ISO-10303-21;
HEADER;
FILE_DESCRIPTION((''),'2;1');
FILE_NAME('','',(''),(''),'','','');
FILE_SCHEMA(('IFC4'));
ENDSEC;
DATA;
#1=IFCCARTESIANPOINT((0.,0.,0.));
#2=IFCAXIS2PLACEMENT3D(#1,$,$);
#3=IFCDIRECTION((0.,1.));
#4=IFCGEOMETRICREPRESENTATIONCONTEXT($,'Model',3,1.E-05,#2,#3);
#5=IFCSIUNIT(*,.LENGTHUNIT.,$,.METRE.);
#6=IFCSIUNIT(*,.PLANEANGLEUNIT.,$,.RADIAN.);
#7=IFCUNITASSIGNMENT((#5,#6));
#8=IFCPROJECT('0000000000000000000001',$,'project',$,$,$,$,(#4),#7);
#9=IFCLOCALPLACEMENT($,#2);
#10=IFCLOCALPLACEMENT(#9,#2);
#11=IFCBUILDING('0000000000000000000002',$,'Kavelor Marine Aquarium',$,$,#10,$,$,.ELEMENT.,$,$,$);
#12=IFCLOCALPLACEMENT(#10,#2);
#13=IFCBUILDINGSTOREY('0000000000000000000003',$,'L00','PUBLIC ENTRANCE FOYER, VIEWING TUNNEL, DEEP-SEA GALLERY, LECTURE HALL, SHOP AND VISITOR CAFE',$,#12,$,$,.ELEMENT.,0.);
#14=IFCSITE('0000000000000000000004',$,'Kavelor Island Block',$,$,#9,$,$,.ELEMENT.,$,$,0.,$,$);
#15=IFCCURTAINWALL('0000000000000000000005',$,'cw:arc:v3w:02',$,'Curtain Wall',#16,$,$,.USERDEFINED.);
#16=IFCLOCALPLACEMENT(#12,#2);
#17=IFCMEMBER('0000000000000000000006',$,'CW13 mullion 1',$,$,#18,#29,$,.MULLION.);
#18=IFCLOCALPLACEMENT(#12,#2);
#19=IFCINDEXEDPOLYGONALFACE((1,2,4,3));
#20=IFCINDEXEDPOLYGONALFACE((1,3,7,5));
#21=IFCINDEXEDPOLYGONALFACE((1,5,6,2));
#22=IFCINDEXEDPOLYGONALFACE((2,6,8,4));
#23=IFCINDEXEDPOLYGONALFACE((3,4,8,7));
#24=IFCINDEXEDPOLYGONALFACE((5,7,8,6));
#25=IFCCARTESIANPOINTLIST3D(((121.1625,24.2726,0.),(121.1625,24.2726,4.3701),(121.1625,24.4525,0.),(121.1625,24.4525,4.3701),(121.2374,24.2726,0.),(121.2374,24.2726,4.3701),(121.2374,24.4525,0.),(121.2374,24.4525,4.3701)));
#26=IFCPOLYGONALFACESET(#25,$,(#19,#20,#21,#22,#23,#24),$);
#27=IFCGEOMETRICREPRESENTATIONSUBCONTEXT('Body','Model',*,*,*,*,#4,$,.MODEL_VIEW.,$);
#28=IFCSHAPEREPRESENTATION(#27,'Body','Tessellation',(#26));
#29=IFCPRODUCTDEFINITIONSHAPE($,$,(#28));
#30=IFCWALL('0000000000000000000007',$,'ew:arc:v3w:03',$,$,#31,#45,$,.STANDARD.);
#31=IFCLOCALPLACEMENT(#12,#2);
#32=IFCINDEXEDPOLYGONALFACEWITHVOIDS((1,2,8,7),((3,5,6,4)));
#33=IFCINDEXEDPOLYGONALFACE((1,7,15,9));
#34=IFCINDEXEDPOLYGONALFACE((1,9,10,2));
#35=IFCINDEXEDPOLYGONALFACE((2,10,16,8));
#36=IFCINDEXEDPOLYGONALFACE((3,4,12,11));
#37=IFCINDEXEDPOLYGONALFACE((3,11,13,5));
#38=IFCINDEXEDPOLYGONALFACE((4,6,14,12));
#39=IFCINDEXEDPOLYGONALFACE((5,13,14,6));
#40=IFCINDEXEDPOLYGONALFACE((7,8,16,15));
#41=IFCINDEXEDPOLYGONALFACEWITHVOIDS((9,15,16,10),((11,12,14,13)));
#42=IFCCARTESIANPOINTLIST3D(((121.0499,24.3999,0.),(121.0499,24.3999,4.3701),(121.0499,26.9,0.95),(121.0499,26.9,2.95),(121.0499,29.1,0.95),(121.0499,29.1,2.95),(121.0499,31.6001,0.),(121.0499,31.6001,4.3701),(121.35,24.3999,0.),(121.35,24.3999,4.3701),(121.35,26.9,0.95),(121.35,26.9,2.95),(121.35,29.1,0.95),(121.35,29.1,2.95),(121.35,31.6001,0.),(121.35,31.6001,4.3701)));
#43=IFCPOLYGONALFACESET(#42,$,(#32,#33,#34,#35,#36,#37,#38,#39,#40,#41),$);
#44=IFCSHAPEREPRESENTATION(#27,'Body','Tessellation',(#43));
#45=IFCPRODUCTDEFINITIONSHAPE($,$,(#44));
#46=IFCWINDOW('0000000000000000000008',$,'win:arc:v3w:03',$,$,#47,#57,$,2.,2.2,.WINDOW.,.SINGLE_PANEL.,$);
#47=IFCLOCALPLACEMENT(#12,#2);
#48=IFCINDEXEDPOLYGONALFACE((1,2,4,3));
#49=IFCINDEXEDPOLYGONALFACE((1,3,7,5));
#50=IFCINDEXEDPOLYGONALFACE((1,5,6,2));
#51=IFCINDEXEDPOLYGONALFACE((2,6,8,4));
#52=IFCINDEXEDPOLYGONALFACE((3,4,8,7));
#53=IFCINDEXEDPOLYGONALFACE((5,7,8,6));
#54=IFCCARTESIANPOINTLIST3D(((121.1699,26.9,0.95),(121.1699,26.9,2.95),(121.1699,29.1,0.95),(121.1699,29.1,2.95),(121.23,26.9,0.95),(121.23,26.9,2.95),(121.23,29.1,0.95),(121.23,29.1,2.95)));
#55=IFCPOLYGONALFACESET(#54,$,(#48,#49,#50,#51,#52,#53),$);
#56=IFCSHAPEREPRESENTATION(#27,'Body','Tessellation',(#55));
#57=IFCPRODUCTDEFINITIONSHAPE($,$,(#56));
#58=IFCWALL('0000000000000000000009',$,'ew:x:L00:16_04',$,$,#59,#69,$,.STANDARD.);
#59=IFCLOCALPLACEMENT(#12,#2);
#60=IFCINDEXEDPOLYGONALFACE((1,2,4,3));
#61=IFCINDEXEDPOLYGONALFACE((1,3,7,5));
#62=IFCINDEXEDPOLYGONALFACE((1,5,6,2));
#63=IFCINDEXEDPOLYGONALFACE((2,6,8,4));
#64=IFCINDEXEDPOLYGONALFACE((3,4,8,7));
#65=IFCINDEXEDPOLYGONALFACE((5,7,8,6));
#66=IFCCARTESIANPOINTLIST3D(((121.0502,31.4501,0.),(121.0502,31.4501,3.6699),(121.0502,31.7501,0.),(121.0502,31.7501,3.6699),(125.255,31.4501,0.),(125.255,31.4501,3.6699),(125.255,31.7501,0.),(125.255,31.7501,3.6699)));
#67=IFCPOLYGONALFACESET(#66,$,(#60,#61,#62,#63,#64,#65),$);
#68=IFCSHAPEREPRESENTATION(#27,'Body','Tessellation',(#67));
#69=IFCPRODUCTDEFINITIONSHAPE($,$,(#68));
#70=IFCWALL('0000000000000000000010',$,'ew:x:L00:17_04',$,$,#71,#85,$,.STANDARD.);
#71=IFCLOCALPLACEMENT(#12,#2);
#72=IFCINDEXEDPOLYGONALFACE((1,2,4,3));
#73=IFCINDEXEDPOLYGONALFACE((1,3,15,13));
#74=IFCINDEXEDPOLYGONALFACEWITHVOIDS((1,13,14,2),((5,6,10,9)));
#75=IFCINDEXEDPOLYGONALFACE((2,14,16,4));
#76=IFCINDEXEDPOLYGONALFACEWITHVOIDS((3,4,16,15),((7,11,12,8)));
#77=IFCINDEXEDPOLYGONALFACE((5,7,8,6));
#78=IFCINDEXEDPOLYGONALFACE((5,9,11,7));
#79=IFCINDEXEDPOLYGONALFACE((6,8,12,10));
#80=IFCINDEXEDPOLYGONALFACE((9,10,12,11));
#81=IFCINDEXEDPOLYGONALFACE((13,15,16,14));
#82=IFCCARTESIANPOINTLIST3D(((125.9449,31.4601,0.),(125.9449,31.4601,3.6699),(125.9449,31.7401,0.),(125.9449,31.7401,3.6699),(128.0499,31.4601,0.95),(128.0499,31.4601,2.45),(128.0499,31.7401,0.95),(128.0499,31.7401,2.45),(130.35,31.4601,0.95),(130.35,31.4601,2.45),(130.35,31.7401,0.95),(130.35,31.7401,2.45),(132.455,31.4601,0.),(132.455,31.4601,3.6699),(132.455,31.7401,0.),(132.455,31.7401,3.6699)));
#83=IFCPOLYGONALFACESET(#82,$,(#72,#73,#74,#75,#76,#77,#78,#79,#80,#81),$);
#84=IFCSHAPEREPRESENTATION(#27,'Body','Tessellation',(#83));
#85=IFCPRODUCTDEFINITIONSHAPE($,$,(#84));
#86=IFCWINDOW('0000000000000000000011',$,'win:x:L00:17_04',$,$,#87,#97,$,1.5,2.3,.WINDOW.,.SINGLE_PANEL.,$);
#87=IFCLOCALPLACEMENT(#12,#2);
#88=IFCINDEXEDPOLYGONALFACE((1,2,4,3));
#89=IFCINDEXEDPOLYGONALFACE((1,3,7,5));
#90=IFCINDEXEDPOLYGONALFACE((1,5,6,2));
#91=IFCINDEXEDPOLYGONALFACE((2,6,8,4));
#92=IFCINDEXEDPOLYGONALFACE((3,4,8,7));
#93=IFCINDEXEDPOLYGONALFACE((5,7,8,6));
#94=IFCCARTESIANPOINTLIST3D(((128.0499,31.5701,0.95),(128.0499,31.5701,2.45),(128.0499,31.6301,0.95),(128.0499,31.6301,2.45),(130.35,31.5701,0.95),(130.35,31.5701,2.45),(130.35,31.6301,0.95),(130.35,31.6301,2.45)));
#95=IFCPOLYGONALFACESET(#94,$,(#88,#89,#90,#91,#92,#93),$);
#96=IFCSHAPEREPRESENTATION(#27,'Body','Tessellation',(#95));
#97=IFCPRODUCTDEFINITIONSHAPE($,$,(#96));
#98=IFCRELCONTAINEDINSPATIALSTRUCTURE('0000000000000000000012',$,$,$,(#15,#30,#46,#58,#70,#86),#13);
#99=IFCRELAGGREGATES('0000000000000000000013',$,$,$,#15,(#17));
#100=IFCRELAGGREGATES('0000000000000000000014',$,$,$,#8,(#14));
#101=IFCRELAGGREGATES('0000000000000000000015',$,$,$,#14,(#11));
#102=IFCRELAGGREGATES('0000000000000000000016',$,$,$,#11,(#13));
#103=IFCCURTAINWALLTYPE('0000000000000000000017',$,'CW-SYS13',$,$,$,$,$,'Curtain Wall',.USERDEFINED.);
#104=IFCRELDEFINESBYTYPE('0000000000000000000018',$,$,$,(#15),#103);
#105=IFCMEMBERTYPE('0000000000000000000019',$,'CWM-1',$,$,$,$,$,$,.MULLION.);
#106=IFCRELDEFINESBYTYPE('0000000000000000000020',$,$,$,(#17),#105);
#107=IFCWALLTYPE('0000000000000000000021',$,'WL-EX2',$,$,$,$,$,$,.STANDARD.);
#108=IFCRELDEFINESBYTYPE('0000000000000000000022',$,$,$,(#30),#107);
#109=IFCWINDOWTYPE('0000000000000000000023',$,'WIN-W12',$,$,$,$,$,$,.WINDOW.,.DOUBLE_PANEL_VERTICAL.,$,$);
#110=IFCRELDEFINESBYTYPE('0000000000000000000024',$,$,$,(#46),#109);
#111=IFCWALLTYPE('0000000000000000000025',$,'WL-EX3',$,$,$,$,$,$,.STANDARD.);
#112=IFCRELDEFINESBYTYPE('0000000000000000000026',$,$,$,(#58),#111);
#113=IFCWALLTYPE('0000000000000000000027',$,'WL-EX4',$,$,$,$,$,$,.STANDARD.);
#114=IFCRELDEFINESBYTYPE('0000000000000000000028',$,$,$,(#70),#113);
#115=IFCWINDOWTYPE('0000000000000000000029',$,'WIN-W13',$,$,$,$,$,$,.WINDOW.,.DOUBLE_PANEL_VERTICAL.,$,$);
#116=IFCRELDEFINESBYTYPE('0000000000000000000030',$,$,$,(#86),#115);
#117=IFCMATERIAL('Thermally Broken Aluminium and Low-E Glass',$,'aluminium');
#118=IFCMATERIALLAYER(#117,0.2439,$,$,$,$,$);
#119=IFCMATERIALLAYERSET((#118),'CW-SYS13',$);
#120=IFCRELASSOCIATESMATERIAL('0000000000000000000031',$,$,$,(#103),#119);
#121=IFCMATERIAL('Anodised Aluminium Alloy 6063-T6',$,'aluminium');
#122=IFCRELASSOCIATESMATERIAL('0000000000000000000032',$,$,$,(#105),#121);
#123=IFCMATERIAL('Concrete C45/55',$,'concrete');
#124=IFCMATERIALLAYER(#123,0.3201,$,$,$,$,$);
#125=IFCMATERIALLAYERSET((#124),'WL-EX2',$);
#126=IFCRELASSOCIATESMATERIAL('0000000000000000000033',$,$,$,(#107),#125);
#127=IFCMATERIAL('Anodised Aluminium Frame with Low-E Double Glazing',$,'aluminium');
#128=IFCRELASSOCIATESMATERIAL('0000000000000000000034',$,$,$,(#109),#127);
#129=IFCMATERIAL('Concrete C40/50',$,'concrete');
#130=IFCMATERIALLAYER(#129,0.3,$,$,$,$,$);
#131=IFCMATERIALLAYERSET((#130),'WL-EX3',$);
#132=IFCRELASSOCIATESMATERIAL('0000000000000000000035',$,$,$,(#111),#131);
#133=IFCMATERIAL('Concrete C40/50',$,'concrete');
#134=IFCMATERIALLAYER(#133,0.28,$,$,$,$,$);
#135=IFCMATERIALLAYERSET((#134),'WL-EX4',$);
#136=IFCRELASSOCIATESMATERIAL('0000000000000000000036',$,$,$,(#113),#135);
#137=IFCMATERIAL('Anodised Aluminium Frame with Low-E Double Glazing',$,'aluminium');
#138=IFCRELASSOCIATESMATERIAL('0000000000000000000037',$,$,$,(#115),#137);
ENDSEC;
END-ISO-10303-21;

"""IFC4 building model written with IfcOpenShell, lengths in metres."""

from ifc_helpers import new_model, si_unit, direction, frame, frame_2d, origin, origin_2d, place, context, subcontext, project, spatial, rectangle, extrude, material, layer, layer_set, material_profile, profile_set, type_object, element, fill, aggregate, save


model = new_model("IFC4")

# Units and contexts
model_context = context("Model", 3, precision=1e-05, world=origin(), true_north=direction((0.0, 1.0)))
body_context = subcontext(model_context, "Body", "Model", "MODEL_VIEW")
ifc_project = project(units=[si_unit("LENGTHUNIT", "METRE"), si_unit("PLANEANGLEUNIT", "RADIAN")], contexts=[model_context])

# Site, building, storey
site_placement = place(None, origin())
site = spatial("IfcSite", under=ifc_project, at=site_placement, Name="Kavelor Island Block", CompositionType="ELEMENT", RefElevation=0.0)
building_placement = place(site_placement, origin())
building = spatial("IfcBuilding", under=site, at=building_placement, Name="Kavelor Marine Aquarium", CompositionType="ELEMENT")
storey_placement = place(building_placement, origin())
storey = spatial("IfcBuildingStorey", under=building, at=storey_placement, Name="L00", Description="PUBLIC ENTRANCE FOYER, VIEWING TUNNEL, DEEP-SEA GALLERY, LECTURE HALL, SHOP AND VISITOR CAFE", CompositionType="ELEMENT", Elevation=0.0)

# Curtain wall, member
ifc_material_1 = material(Name="Thermally Broken Aluminium and Low-E Glass", Category="aluminium")
ifc_layer_1 = layer(ifc_material_1, 0.2439)
ifc_layer_set_1 = layer_set([ifc_layer_1], Name="CW-SYS13")
curtain_wall_type = type_object("IfcCurtainWallType", Name="CW-SYS13", ElementType="Curtain Wall", PredefinedType="USERDEFINED", material=ifc_layer_set_1)
curtain_wall_placement = place(storey_placement, origin())
curtain_wall = element("IfcCurtainWall", 1, at=curtain_wall_placement, inside=storey, type_object=curtain_wall_type, Name="cw:arc:v3w:02", ObjectType="Curtain Wall", PredefinedType="USERDEFINED")
ifc_material_2 = material(Name="Anodised Aluminium Alloy 6063-T6", Category="aluminium")
ifc_material_profile_1 = material_profile(ifc_material_2, rectangle(XDim=0.075, YDim=0.1799, at=origin_2d()), Name="CW-MUL 75x180")
ifc_profile_set_1 = profile_set([ifc_material_profile_1], Name="Anodised Aluminium Alloy 6063-T6")
member_type = type_object("IfcMemberType", Name="CWM-1", PredefinedType="MULLION", material=ifc_profile_set_1)
member_placement = place(storey_placement, frame((121.2, 24.3625, 0.0), z_axis=(0.0, 0.0, 1.0), x_axis=(1.0, 0.0, 0.0)))
member = element("IfcMember", 2, at=member_placement, type_object=member_type, Name="CW13 mullion 1", PredefinedType="MULLION", context=body_context, shape_type="SweptSolid", body=[
    extrude(rectangle(XDim=0.075, YDim=0.1799, at=origin_2d()), origin(), (0.0, 0.0, 1.0), 4.3701),
])
aggregate(curtain_wall, [member])

# Wall, opening, window
ifc_material_3 = material(Name="Concrete C45/55", Category="concrete")
ifc_layer_2 = layer(ifc_material_3, 0.3201)
ifc_layer_set_2 = layer_set([ifc_layer_2], Name="WL-EX2")
wall_type_1 = type_object("IfcWallType", Name="WL-EX2", PredefinedType="STANDARD", material=ifc_layer_set_2)
wall_1_placement = place(storey_placement, frame((121.2, 31.6001, 0.0), z_axis=(0.0, 0.0, 1.0), x_axis=(0.0, -1.0, 0.0)))
wall_1 = element("IfcWall", 3, at=wall_1_placement, inside=storey, type_object=wall_type_1, Name="ew:arc:v3w:03", PredefinedType="STANDARD", context=body_context, shape_type="SweptSolid", body=[
    extrude(rectangle(XDim=7.2002, YDim=0.3, at=frame_2d((3.6001, 0.0))), origin(), (0.0, 0.0, 1.0), 4.3701),
])
opening_1_placement = place(wall_1_placement, frame((2.5, 0.0, 0.95)))
opening_1 = element("IfcOpeningElement", 4, at=opening_1_placement, cuts=wall_1, PredefinedType="OPENING", context=body_context, shape_type="SweptSolid", body=[
    extrude(rectangle(XDim=2.2, YDim=2.0, at=frame_2d((1.1001, 1.0))), frame((0.0, 0.1599, 0.0), z_axis=(0.0, -1.0, 0.0), x_axis=(1.0, 0.0, 0.0)), (0.0, 0.0, 1.0), 0.32),
])
ifc_material_4 = material(Name="Anodised Aluminium Frame with Low-E Double Glazing", Category="aluminium")
window_type_1 = type_object("IfcWindowType", Name="WIN-W12", PartitioningType="DOUBLE_PANEL_VERTICAL", PredefinedType="WINDOW", material=ifc_material_4)
window_1_placement = place(opening_1_placement, origin())
window_1 = element("IfcWindow", 5, at=window_1_placement, inside=storey, type_object=window_type_1, Name="win:arc:v3w:03", OverallHeight=2.0, OverallWidth=2.2, PartitioningType="SINGLE_PANEL", PredefinedType="WINDOW", context=body_context, shape_type="SweptSolid", body=[
    extrude(rectangle(XDim=2.2, YDim=2.0, at=frame_2d((1.1001, 1.0))), frame((0.0, 0.03, 0.0), z_axis=(0.0, -1.0, 0.0), x_axis=(1.0, 0.0, 0.0)), (0.0, 0.0, 1.0), 0.0601),
])
fill(opening_1, window_1)

# Wall
ifc_material_5 = material(Name="Concrete C40/50", Category="concrete")
ifc_layer_3 = layer(ifc_material_5, 0.3)
ifc_layer_set_3 = layer_set([ifc_layer_3], Name="WL-EX3")
wall_type_2 = type_object("IfcWallType", Name="WL-EX3", PredefinedType="STANDARD", material=ifc_layer_set_3)
wall_2_placement = place(storey_placement, frame((121.05, 31.6001, 0.0), z_axis=(0.0, 0.0, 1.0), x_axis=(1.0, 0.0, 0.0)))
element("IfcWall", 6, at=wall_2_placement, inside=storey, type_object=wall_type_2, Name="ew:x:L00:16_04", PredefinedType="STANDARD", context=body_context, shape_type="SweptSolid", body=[
    extrude(rectangle(XDim=4.2048, YDim=0.3, at=frame_2d((2.1025, 0.0))), origin(), (0.0, 0.0, 1.0), 3.6699),
])

# Wall, opening, window
ifc_material_6 = material(Name="Concrete C40/50", Category="concrete")
ifc_layer_4 = layer(ifc_material_6, 0.28)
ifc_layer_set_4 = layer_set([ifc_layer_4], Name="WL-EX4")
wall_type_3 = type_object("IfcWallType", Name="WL-EX4", PredefinedType="STANDARD", material=ifc_layer_set_4)
wall_3_placement = place(storey_placement, frame((125.9451, 31.6001, 0.0), z_axis=(0.0, 0.0, 1.0), x_axis=(1.0, 0.0, 0.0)))
wall_3 = element("IfcWall", 7, at=wall_3_placement, inside=storey, type_object=wall_type_3, Name="ew:x:L00:17_04", PredefinedType="STANDARD", context=body_context, shape_type="SweptSolid", body=[
    extrude(rectangle(XDim=6.51, YDim=0.28, at=frame_2d((3.2549, 0.0))), origin(), (0.0, 0.0, 1.0), 3.6699),
])
opening_2_placement = place(wall_3_placement, frame((2.105, 0.0, 0.95)))
opening_2 = element("IfcOpeningElement", 8, at=opening_2_placement, cuts=wall_3, PredefinedType="OPENING", context=body_context, shape_type="SweptSolid", body=[
    extrude(rectangle(XDim=2.3, YDim=1.5, at=frame_2d((1.1499, 0.75))), frame((0.0, 0.1499, 0.0), z_axis=(0.0, -1.0, 0.0), x_axis=(1.0, 0.0, 0.0)), (0.0, 0.0, 1.0), 0.3),
])
ifc_material_7 = material(Name="Anodised Aluminium Frame with Low-E Double Glazing", Category="aluminium")
window_type_2 = type_object("IfcWindowType", Name="WIN-W13", PartitioningType="DOUBLE_PANEL_VERTICAL", PredefinedType="WINDOW", material=ifc_material_7)
window_2_placement = place(opening_2_placement, origin())
window_2 = element("IfcWindow", 9, at=window_2_placement, inside=storey, type_object=window_type_2, Name="win:x:L00:17_04", OverallHeight=1.5, OverallWidth=2.3, PartitioningType="SINGLE_PANEL", PredefinedType="WINDOW", context=body_context, shape_type="SweptSolid", body=[
    extrude(rectangle(XDim=2.3, YDim=1.5, at=frame_2d((1.1499, 0.75))), frame((0.0, 0.03, 0.0), z_axis=(0.0, -1.0, 0.0), x_axis=(1.0, 0.0, 0.0)), (0.0, 0.0, 1.0), 0.0601),
])
fill(opening_2, window_2)

save(model, "model.ifc")
